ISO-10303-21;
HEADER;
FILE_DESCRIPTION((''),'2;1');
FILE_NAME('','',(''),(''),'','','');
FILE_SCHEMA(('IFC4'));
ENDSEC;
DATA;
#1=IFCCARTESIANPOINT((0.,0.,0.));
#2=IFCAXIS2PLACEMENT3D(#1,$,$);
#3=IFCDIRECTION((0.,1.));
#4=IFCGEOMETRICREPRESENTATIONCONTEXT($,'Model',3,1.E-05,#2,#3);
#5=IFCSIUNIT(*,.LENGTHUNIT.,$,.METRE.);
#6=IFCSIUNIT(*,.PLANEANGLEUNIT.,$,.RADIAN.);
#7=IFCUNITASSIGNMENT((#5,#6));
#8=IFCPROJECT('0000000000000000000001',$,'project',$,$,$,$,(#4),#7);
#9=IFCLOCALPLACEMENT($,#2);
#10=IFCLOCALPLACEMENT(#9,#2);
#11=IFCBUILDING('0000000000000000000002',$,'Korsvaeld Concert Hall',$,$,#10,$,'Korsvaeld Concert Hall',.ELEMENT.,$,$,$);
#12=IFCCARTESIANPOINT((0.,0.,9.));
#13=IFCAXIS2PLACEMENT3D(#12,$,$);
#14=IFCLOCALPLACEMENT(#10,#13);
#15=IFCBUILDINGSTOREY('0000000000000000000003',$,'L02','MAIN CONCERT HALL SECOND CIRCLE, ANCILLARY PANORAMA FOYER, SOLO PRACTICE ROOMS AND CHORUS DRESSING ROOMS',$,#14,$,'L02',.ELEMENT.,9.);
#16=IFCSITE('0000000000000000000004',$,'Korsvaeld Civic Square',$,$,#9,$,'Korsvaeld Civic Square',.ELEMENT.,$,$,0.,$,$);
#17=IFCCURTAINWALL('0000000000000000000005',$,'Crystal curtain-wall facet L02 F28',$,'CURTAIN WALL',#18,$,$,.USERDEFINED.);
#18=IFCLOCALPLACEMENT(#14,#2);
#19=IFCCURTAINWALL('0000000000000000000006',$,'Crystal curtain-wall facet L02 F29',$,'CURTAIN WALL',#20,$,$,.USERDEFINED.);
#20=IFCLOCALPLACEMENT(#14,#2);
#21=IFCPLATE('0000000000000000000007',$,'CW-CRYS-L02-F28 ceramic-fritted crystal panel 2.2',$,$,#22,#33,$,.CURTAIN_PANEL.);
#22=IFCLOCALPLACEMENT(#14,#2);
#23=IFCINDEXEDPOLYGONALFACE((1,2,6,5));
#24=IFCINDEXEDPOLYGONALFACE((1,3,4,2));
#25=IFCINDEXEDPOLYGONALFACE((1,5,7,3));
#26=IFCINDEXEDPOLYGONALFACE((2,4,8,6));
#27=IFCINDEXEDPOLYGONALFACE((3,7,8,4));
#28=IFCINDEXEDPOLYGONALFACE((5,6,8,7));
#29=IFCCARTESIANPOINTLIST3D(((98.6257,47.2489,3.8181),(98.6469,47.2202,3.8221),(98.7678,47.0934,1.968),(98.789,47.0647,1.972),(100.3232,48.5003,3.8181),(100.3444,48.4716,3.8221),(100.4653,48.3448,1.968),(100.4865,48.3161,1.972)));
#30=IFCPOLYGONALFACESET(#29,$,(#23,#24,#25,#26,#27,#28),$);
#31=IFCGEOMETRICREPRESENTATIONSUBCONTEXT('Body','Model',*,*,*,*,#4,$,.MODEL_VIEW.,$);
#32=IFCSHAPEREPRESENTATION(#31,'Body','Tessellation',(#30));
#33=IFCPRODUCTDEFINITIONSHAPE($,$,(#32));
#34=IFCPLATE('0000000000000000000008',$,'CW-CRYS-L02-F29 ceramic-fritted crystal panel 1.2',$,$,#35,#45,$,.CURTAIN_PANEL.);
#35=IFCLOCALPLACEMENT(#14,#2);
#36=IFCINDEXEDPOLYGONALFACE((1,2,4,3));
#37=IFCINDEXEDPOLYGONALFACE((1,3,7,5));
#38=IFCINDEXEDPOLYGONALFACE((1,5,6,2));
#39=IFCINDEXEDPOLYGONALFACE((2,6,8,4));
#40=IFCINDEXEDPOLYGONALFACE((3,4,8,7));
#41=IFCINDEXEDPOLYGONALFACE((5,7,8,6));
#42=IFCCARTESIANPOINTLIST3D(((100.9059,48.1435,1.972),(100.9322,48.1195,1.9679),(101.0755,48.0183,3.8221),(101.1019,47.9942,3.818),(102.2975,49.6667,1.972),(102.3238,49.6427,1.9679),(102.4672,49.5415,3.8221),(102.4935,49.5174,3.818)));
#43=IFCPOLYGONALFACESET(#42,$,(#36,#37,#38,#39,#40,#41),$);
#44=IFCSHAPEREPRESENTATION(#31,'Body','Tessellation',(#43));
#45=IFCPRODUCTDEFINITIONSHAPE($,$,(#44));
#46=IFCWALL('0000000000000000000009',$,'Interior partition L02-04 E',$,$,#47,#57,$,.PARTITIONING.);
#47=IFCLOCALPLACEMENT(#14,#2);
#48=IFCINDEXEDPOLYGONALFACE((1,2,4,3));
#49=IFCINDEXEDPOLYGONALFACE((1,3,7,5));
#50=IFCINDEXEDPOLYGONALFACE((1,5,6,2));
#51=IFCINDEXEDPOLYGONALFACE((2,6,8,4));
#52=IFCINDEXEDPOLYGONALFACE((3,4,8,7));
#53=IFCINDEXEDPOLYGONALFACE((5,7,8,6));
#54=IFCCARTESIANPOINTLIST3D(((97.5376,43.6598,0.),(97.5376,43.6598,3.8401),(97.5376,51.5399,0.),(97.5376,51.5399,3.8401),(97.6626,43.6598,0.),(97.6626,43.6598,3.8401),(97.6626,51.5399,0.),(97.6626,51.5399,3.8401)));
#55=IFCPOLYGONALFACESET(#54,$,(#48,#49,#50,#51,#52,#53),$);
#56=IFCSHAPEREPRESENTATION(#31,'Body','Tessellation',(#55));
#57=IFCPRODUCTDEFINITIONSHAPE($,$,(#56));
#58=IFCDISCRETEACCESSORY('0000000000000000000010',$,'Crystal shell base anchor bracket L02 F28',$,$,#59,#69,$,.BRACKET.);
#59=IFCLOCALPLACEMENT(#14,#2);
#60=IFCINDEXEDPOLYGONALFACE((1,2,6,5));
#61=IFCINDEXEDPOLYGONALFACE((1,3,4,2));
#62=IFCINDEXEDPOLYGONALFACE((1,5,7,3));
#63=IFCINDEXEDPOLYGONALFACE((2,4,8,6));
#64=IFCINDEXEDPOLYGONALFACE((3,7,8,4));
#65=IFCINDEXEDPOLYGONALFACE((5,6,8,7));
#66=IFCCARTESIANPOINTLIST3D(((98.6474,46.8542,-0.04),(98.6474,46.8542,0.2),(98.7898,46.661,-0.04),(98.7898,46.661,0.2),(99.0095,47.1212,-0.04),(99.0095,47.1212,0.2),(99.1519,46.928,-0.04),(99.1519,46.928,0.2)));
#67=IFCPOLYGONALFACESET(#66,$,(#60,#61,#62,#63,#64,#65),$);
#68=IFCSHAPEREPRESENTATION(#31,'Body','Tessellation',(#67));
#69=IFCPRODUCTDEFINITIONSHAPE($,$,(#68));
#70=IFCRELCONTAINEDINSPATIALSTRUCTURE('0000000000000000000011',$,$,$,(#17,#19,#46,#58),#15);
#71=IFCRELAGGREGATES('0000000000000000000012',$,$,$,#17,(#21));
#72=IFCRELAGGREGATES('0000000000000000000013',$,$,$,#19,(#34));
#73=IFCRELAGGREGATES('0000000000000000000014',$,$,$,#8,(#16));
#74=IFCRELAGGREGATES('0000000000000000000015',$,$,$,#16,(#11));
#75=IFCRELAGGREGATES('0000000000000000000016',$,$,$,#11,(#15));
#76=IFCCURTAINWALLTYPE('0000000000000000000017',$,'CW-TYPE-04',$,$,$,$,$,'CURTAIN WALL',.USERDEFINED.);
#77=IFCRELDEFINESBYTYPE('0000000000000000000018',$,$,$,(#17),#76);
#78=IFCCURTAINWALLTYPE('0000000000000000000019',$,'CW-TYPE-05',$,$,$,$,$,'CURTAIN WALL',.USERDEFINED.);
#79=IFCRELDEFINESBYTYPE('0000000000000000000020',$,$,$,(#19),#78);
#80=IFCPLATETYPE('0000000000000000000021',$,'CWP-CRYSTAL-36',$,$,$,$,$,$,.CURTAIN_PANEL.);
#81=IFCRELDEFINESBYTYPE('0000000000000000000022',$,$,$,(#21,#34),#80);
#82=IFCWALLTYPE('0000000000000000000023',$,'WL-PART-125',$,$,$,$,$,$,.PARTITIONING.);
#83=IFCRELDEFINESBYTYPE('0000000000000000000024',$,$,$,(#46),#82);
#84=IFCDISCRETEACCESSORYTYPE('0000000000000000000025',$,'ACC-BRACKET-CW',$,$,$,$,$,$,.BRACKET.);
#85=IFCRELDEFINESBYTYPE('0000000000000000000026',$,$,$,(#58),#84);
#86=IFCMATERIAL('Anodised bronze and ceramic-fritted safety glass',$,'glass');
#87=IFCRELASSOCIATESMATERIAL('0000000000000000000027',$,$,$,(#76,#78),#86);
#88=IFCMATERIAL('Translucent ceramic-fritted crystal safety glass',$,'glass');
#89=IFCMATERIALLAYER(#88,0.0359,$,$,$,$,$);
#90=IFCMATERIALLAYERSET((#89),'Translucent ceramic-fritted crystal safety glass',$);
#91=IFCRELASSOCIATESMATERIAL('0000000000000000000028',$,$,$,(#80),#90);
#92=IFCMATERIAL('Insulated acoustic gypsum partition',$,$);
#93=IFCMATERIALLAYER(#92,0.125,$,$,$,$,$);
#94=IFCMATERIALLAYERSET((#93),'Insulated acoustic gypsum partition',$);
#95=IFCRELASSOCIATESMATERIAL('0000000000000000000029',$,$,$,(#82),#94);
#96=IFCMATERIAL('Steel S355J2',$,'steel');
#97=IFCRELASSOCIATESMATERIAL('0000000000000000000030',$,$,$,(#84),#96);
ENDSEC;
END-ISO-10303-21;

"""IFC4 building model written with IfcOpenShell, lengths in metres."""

from ifc_helpers import new_model, si_unit, direction, frame, frame_2d, origin, origin_2d, place, context, subcontext, project, spatial, polyline, rectangle, outline, extrude, material, layer, layer_set, type_object, element, aggregate, save


model = new_model("IFC4")

# Units and contexts
model_context = context("Model", 3, precision=1e-05, world=origin(), true_north=direction((0.0, 1.0)))
body_context = subcontext(model_context, "Body", "Model", "MODEL_VIEW")
ifc_project = project(units=[si_unit("LENGTHUNIT", "METRE"), si_unit("PLANEANGLEUNIT", "RADIAN")], contexts=[model_context])

# Site, building, storey
site_placement = place(None, origin())
site = spatial("IfcSite", under=ifc_project, at=site_placement, Name="Korsvaeld Civic Square", LongName="Korsvaeld Civic Square", CompositionType="ELEMENT", RefElevation=0.0)
building_placement = place(site_placement, origin())
building = spatial("IfcBuilding", under=site, at=building_placement, Name="Korsvaeld Concert Hall", LongName="Korsvaeld Concert Hall", CompositionType="ELEMENT")
storey_placement = place(building_placement, frame((0.0, 0.0, 9.0)))
storey = spatial("IfcBuildingStorey", under=building, at=storey_placement, Name="L02", Description="MAIN CONCERT HALL SECOND CIRCLE, ANCILLARY PANORAMA FOYER, SOLO PRACTICE ROOMS AND CHORUS DRESSING ROOMS", LongName="L02", CompositionType="ELEMENT", Elevation=9.0)

# Shared definitions
ifc_material_1 = material(Name="Anodised bronze and ceramic-fritted safety glass", Category="glass")

# Curtain wall
curtain_wall_type_1 = type_object("IfcCurtainWallType", Name="CW-TYPE-04", ElementType="CURTAIN WALL", PredefinedType="USERDEFINED", material=ifc_material_1)
curtain_wall_1_placement = place(storey_placement, origin())
curtain_wall_1 = element("IfcCurtainWall", 1, at=curtain_wall_1_placement, inside=storey, type_object=curtain_wall_type_1, Name="Crystal curtain-wall facet L02 F28", ObjectType="CURTAIN WALL", PredefinedType="USERDEFINED")

# Curtain wall
curtain_wall_type_2 = type_object("IfcCurtainWallType", Name="CW-TYPE-05", ElementType="CURTAIN WALL", PredefinedType="USERDEFINED", material=ifc_material_1)
curtain_wall_2_placement = place(storey_placement, origin())
curtain_wall_2 = element("IfcCurtainWall", 2, at=curtain_wall_2_placement, inside=storey, type_object=curtain_wall_type_2, Name="Crystal curtain-wall facet L02 F29", ObjectType="CURTAIN WALL", PredefinedType="USERDEFINED")

# Plates
ifc_material_2 = material(Name="Translucent ceramic-fritted crystal safety glass", Category="glass")
ifc_layer_1 = layer(ifc_material_2, 0.0359)
ifc_layer_set_1 = layer_set([ifc_layer_1], Name="Translucent ceramic-fritted crystal safety glass")
plate_type_1 = type_object("IfcPlateType", Name="CWP-CRYSTAL-36", PredefinedType="CURTAIN_PANEL", material=ifc_layer_set_1)
plate_1_placement = place(storey_placement, frame((98.7783, 47.0791, 1.97), z_axis=(0.589636, -0.799793, 0.112515), x_axis=(0.804905, 0.593404, 0.0)))
plate_1 = element("IfcPlate", 3, at=plate_1_placement, type_object=plate_type_1, Name="CW-CRYS-L02-F28 ceramic-fritted crystal panel 2.2", PredefinedType="CURTAIN_PANEL", context=body_context, shape_type="SweptSolid", body=[
    extrude(outline(polyline([(0.0, 0.0), (2.109, 0.0), (2.0869, 1.8619), (-0.0221, 1.8619), (0.0, 0.0)])), frame((0.0, 0.0, 0.0181)), (0.0, 0.0, -1.0), 0.0359),
])
aggregate(curtain_wall_1, [plate_1])
plate_2_placement = place(storey_placement, frame((100.9189, 48.1316, 1.97), z_axis=(0.733579, -0.670203, -0.112649), x_axis=(0.674497, 0.738278, 0.0)))
plate_2 = element("IfcPlate", 4, at=plate_2_placement, type_object=plate_type_1, Name="CW-CRYS-L02-F29 ceramic-fritted crystal panel 1.2", PredefinedType="CURTAIN_PANEL", context=body_context, shape_type="SweptSolid", body=[
    extrude(outline(polyline([(0.0, 0.0), (2.0632, 0.0), (2.0852, 1.8619), (0.022, 1.8619), (0.0, 0.0)])), frame((0.0, 0.0, 0.0181)), (0.0, 0.0, -1.0), 0.0359),
])
aggregate(curtain_wall_2, [plate_2])

# Wall
ifc_material_3 = material(Name="Insulated acoustic gypsum partition")
ifc_layer_2 = layer(ifc_material_3, 0.125)
ifc_layer_set_2 = layer_set([ifc_layer_2], Name="Insulated acoustic gypsum partition")
wall_type = type_object("IfcWallType", Name="WL-PART-125", PredefinedType="PARTITIONING", material=ifc_layer_set_2)
wall_placement = place(storey_placement, frame((97.6001, 43.6599, 0.0), z_axis=(0.0, 0.0, 1.0), x_axis=(0.0, 1.0, 0.0)))
element("IfcWall", 5, at=wall_placement, inside=storey, type_object=wall_type, Name="Interior partition L02-04 E", PredefinedType="PARTITIONING", context=body_context, shape_type="SweptSolid", body=[
    extrude(rectangle(XDim=7.8801, YDim=0.125, at=frame_2d((3.9399, 0.0))), origin(), (0.0, 0.0, 1.0), 3.8401),
])

# Discrete accessory
ifc_material_4 = material(Name="Steel S355J2", Category="steel")
discrete_accessory_type = type_object("IfcDiscreteAccessoryType", Name="ACC-BRACKET-CW", PredefinedType="BRACKET", material=ifc_material_4)
discrete_accessory_placement = place(storey_placement, frame((98.8997, 46.8911, -0.04), z_axis=(0.0, 0.0, 1.0), x_axis=(0.804894, 0.593419, 0.0)))
element("IfcDiscreteAccessory", 6, at=discrete_accessory_placement, inside=storey, type_object=discrete_accessory_type, Name="Crystal shell base anchor bracket L02 F28", PredefinedType="BRACKET", context=body_context, shape_type="SweptSolid", body=[
    extrude(rectangle(XDim=0.45, YDim=0.24, at=origin_2d()), origin(), (0.0, 0.0, 1.0), 0.24),
])

save(model, "model.ifc")
